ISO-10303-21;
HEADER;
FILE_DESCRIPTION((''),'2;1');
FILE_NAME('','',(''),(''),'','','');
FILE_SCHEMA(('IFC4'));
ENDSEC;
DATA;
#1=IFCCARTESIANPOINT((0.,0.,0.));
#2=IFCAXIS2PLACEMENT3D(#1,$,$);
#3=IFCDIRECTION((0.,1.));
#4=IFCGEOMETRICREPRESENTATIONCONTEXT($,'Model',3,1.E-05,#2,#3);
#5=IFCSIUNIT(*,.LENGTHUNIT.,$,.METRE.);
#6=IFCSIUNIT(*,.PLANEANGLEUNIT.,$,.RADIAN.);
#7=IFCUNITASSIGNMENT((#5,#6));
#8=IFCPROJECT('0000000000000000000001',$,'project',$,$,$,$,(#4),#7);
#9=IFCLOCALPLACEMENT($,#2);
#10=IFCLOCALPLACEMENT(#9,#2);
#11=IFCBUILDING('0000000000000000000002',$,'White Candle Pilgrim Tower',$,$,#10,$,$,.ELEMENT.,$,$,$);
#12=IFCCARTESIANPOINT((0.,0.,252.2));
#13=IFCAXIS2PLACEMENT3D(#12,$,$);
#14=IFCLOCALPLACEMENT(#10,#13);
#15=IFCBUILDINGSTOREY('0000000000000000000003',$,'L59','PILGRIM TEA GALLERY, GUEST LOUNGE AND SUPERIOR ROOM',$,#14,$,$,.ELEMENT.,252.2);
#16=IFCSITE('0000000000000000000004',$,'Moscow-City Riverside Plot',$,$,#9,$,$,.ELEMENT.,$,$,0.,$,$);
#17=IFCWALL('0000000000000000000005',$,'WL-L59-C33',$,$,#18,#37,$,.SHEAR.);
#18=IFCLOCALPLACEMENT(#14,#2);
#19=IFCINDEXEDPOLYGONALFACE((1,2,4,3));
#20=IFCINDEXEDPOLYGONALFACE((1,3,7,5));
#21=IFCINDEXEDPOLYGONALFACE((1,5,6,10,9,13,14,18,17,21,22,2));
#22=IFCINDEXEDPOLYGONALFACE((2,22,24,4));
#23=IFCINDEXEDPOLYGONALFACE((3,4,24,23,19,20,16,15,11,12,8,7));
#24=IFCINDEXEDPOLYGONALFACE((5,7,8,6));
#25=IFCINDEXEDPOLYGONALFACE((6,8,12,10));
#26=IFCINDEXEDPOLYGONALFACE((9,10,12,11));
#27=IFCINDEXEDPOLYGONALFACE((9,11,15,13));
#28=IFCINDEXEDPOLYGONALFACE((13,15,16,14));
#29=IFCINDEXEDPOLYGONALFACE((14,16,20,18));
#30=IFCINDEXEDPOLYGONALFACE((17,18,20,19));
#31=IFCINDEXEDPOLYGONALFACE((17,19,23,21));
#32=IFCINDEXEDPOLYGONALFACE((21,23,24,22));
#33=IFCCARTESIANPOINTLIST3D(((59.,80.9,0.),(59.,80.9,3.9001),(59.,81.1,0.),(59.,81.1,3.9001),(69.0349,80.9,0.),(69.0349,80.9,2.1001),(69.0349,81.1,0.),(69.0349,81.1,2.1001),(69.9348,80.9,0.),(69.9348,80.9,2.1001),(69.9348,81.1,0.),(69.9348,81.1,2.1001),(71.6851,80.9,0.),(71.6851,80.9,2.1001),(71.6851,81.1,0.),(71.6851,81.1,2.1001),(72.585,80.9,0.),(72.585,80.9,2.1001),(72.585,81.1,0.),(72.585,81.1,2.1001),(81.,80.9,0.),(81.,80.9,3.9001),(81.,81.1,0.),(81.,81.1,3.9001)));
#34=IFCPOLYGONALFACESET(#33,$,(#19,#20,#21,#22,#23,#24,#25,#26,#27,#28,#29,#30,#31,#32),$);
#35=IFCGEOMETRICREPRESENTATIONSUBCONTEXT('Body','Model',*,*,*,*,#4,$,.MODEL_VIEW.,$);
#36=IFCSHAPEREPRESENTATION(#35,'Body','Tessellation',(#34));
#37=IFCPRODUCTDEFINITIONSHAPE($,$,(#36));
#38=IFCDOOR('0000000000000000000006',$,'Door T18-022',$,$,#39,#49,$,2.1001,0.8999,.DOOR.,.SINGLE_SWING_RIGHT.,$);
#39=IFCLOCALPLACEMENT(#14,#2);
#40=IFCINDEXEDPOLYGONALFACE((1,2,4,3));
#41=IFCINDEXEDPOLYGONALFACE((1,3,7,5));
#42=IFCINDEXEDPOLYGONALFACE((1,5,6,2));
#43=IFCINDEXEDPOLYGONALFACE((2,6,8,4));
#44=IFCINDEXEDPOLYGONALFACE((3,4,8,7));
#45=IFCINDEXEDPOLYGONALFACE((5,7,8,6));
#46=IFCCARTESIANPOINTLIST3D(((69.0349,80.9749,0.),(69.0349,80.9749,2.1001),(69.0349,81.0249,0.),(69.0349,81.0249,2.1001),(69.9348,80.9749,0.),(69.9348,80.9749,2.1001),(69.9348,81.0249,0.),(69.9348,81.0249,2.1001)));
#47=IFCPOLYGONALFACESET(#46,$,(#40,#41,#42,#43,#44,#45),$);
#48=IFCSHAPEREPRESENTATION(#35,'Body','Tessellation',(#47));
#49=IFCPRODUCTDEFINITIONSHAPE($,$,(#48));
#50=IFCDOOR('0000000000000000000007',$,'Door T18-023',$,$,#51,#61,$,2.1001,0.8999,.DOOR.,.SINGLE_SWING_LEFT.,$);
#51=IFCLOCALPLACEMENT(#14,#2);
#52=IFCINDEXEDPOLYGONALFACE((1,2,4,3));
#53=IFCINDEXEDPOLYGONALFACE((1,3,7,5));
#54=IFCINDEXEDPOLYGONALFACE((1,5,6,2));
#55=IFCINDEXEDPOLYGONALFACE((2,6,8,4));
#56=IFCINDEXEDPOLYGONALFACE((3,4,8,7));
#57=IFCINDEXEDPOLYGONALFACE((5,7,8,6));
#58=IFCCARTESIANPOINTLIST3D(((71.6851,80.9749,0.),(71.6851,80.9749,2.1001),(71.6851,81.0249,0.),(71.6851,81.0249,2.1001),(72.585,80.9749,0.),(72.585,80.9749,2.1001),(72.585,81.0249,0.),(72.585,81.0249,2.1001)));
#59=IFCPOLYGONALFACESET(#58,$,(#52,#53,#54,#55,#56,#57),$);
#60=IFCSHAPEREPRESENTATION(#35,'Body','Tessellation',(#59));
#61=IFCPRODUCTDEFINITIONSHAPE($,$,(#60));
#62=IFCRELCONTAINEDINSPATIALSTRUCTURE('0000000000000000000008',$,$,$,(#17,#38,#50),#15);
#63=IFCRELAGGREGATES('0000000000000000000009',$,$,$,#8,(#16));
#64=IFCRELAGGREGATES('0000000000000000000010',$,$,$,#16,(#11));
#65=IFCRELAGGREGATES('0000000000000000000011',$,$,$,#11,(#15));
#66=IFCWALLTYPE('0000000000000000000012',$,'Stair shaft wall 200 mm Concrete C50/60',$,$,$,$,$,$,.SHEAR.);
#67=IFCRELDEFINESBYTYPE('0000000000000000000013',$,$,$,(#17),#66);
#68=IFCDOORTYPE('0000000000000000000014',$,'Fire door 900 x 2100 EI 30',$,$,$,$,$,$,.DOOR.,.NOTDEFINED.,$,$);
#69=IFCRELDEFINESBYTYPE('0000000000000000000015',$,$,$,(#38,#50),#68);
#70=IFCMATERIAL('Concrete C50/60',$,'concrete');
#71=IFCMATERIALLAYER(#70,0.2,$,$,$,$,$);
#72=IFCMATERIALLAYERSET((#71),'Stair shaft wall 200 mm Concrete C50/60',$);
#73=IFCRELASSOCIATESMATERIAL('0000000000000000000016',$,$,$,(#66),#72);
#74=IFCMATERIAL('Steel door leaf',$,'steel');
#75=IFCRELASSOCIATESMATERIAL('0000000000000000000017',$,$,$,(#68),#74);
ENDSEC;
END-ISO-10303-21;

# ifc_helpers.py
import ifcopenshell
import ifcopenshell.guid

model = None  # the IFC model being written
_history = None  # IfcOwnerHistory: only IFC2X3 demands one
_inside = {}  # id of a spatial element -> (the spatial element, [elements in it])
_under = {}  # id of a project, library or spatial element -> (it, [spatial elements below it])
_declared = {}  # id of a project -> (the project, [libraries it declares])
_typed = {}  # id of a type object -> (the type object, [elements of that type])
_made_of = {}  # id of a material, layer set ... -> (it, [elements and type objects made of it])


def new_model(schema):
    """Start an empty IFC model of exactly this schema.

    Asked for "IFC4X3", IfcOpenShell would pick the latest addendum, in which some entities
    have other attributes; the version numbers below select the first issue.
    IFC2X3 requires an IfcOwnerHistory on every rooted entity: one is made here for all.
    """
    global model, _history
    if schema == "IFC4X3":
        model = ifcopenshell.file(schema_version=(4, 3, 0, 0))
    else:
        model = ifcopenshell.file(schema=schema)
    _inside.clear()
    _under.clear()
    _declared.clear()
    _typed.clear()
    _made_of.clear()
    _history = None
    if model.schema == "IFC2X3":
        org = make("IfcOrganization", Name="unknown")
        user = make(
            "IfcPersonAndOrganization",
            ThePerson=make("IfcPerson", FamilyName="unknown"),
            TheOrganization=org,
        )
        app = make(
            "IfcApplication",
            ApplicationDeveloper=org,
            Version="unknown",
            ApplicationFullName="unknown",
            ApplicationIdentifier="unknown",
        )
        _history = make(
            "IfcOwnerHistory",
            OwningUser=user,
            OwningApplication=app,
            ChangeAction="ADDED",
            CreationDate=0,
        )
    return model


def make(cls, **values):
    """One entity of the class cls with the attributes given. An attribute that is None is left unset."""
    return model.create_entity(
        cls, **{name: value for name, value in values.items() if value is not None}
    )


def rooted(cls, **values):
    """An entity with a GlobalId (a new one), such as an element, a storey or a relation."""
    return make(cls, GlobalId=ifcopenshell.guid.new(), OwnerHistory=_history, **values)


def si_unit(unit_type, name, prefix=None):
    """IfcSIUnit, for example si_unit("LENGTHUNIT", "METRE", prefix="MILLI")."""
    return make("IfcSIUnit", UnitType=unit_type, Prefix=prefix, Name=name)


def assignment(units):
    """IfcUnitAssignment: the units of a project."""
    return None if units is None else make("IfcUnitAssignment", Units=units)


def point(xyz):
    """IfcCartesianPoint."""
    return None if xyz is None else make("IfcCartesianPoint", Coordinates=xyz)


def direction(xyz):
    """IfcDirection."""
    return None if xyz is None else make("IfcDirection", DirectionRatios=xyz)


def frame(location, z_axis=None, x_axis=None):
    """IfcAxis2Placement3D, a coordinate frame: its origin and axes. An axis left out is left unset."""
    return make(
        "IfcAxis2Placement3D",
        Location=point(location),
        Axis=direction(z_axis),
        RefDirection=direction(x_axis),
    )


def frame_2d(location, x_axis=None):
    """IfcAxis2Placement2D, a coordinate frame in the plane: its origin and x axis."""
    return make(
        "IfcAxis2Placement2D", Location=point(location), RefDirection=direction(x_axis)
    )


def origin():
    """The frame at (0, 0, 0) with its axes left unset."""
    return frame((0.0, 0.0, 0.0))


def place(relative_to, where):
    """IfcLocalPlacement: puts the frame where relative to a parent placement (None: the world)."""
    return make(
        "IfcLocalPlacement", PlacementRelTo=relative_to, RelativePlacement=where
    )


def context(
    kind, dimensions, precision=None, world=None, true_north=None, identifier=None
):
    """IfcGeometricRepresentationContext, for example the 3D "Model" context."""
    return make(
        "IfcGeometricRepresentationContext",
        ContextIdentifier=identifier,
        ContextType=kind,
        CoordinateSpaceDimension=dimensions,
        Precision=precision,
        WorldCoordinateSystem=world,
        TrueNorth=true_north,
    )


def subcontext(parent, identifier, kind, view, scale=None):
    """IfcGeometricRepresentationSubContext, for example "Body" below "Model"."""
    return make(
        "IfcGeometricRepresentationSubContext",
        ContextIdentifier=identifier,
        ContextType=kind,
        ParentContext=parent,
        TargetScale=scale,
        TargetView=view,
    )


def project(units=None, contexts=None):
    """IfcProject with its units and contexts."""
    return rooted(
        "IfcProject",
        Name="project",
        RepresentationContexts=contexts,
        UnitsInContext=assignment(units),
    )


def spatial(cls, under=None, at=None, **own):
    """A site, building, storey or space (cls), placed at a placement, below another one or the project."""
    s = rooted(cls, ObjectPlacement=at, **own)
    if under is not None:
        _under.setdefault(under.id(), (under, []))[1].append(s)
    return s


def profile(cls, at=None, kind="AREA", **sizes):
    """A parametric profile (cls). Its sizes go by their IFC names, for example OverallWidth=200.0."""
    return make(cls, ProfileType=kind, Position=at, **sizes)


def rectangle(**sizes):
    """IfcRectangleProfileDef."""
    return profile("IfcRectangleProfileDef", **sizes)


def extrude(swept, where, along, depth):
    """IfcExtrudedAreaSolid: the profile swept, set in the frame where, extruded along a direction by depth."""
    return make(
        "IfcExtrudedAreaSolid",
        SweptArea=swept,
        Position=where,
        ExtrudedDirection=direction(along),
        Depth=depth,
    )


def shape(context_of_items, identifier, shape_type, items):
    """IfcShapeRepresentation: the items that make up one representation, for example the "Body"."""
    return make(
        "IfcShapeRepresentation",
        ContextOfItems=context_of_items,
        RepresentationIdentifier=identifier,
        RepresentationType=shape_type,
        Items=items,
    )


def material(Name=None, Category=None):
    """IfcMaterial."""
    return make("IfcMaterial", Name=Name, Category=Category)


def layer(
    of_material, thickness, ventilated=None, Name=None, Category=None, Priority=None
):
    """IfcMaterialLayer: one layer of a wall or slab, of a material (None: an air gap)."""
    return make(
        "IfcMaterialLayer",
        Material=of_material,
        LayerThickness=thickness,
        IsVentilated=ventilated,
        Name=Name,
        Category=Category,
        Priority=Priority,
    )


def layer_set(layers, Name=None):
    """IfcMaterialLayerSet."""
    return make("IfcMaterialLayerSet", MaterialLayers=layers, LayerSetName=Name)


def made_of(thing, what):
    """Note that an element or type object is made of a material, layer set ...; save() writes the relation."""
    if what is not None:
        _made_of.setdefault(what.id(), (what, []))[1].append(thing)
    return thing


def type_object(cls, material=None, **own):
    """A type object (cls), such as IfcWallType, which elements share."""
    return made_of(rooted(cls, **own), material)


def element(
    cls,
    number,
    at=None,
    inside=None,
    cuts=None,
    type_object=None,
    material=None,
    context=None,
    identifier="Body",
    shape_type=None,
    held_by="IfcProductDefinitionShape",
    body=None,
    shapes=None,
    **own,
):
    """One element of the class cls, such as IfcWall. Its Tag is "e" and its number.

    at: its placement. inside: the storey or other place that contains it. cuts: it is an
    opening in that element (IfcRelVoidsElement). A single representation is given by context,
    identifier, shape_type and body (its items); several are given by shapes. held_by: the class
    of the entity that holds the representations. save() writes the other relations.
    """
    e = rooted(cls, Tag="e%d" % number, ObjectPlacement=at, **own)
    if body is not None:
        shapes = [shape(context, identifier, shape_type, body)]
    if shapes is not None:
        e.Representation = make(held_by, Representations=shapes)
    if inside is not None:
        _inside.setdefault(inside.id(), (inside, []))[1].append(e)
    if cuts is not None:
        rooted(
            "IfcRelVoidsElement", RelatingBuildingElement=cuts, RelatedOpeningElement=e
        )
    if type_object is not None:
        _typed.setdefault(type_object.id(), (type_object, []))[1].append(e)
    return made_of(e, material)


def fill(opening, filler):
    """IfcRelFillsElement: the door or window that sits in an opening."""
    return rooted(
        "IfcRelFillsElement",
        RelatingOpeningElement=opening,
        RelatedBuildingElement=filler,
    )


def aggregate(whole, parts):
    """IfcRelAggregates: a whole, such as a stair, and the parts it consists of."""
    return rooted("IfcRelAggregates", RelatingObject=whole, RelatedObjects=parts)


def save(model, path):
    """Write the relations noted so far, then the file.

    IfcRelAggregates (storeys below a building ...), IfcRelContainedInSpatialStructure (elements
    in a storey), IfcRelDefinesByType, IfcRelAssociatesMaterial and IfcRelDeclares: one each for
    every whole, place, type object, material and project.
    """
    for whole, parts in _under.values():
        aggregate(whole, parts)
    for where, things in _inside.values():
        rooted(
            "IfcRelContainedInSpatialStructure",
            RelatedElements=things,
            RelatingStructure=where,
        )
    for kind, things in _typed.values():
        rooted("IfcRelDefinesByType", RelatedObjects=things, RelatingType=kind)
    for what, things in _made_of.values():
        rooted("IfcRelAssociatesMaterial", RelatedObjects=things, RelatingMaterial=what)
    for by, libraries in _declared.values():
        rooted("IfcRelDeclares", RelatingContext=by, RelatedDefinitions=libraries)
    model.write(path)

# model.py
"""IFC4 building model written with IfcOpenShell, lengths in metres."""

from ifc_helpers import new_model, si_unit, direction, frame, frame_2d, origin, place, context, subcontext, project, spatial, rectangle, extrude, material, layer, layer_set, type_object, element, fill, save


model = new_model("IFC4")

# Units and contexts
model_context = context("Model", 3, precision=1e-05, world=origin(), true_north=direction((0.0, 1.0)))
body_context = subcontext(model_context, "Body", "Model", "MODEL_VIEW")
ifc_project = project(units=[si_unit("LENGTHUNIT", "METRE"), si_unit("PLANEANGLEUNIT", "RADIAN")], contexts=[model_context])

# Site, building, storey
site_placement = place(None, origin())
site = spatial("IfcSite", under=ifc_project, at=site_placement, Name="Moscow-City Riverside Plot", CompositionType="ELEMENT", RefElevation=0.0)
building_placement = place(site_placement, origin())
building = spatial("IfcBuilding", under=site, at=building_placement, Name="White Candle Pilgrim Tower", CompositionType="ELEMENT")
storey_placement = place(building_placement, frame((0.0, 0.0, 252.2)))
storey = spatial("IfcBuildingStorey", under=building, at=storey_placement, Name="L59", Description="PILGRIM TEA GALLERY, GUEST LOUNGE AND SUPERIOR ROOM", CompositionType="ELEMENT", Elevation=252.2)

# Shared definitions
ifc_material_1 = material(Name="Concrete C50/60", Category="concrete")

# Wall, openings, doors
ifc_layer_1 = layer(ifc_material_1, 0.2)
ifc_layer_set_1 = layer_set([ifc_layer_1], Name="Stair shaft wall 200 mm Concrete C50/60")
wall_type_1 = type_object("IfcWallType", Name="Stair shaft wall 200 mm Concrete C50/60", PredefinedType="SHEAR", material=ifc_layer_set_1)
wall_1_placement = place(storey_placement, frame((59.0, 81.0, 0.0), z_axis=(0.0, 0.0, 1.0), x_axis=(1.0, 0.0, 0.0)))
wall_1 = element("IfcWall", 1, at=wall_1_placement, inside=storey, type_object=wall_type_1, Name="WL-L59-C33", PredefinedType="SHEAR", context=body_context, shape_type="SweptSolid", body=[
    extrude(rectangle(XDim=22.0, YDim=0.2, at=frame_2d((11.0, 0.0))), origin(), (0.0, 0.0, 1.0), 3.9001),
])
opening_1_placement = place(wall_1_placement, frame((10.0349, 0.0, 0.0)))
opening_1 = element("IfcOpeningElement", 2, at=opening_1_placement, cuts=wall_1, PredefinedType="OPENING", context=body_context, shape_type="SweptSolid", body=[
    extrude(rectangle(XDim=0.8999, YDim=2.1001, at=frame_2d((0.45, 1.05))), frame((0.0, 0.1099, 0.0), z_axis=(0.0, -1.0, 0.0), x_axis=(1.0, 0.0, 0.0)), (0.0, 0.0, 1.0), 0.22),
])
opening_2_placement = place(wall_1_placement, frame((12.6851, 0.0, 0.0)))
opening_2 = element("IfcOpeningElement", 3, at=opening_2_placement, cuts=wall_1, PredefinedType="OPENING", context=body_context, shape_type="SweptSolid", body=[
    extrude(rectangle(XDim=0.8999, YDim=2.1001, at=frame_2d((0.45, 1.05))), frame((0.0, 0.1099, 0.0), z_axis=(0.0, -1.0, 0.0), x_axis=(1.0, 0.0, 0.0)), (0.0, 0.0, 1.0), 0.22),
])
ifc_material_2 = material(Name="Steel door leaf", Category="steel")
door_type_1 = type_object("IfcDoorType", Name="Fire door 900 x 2100 EI 30", OperationType="NOTDEFINED", PredefinedType="DOOR", material=ifc_material_2)
door_1_placement = place(opening_1_placement, origin())
door_1 = element("IfcDoor", 4, at=door_1_placement, inside=storey, type_object=door_type_1, Name="Door T18-022", OperationType="SINGLE_SWING_RIGHT", OverallHeight=2.1001, OverallWidth=0.8999, PredefinedType="DOOR", context=body_context, shape_type="SweptSolid", body=[
    extrude(rectangle(XDim=0.8999, YDim=2.1001, at=frame_2d((0.45, 1.05))), frame((0.0, 0.0249, 0.0), z_axis=(0.0, -1.0, 0.0), x_axis=(1.0, 0.0, 0.0)), (0.0, 0.0, 1.0), 0.05),
])
fill(opening_1, door_1)
door_2_placement = place(opening_2_placement, origin())
door_2 = element("IfcDoor", 5, at=door_2_placement, inside=storey, type_object=door_type_1, Name="Door T18-023", OperationType="SINGLE_SWING_LEFT", OverallHeight=2.1001, OverallWidth=0.8999, PredefinedType="DOOR", context=body_context, shape_type="SweptSolid", body=[
    extrude(rectangle(XDim=0.8999, YDim=2.1001, at=frame_2d((0.45, 1.05))), frame((0.0, 0.0249, 0.0), z_axis=(0.0, -1.0, 0.0), x_axis=(1.0, 0.0, 0.0)), (0.0, 0.0, 1.0), 0.05),
])
fill(opening_2, door_2)

save(model, "model.ifc")
